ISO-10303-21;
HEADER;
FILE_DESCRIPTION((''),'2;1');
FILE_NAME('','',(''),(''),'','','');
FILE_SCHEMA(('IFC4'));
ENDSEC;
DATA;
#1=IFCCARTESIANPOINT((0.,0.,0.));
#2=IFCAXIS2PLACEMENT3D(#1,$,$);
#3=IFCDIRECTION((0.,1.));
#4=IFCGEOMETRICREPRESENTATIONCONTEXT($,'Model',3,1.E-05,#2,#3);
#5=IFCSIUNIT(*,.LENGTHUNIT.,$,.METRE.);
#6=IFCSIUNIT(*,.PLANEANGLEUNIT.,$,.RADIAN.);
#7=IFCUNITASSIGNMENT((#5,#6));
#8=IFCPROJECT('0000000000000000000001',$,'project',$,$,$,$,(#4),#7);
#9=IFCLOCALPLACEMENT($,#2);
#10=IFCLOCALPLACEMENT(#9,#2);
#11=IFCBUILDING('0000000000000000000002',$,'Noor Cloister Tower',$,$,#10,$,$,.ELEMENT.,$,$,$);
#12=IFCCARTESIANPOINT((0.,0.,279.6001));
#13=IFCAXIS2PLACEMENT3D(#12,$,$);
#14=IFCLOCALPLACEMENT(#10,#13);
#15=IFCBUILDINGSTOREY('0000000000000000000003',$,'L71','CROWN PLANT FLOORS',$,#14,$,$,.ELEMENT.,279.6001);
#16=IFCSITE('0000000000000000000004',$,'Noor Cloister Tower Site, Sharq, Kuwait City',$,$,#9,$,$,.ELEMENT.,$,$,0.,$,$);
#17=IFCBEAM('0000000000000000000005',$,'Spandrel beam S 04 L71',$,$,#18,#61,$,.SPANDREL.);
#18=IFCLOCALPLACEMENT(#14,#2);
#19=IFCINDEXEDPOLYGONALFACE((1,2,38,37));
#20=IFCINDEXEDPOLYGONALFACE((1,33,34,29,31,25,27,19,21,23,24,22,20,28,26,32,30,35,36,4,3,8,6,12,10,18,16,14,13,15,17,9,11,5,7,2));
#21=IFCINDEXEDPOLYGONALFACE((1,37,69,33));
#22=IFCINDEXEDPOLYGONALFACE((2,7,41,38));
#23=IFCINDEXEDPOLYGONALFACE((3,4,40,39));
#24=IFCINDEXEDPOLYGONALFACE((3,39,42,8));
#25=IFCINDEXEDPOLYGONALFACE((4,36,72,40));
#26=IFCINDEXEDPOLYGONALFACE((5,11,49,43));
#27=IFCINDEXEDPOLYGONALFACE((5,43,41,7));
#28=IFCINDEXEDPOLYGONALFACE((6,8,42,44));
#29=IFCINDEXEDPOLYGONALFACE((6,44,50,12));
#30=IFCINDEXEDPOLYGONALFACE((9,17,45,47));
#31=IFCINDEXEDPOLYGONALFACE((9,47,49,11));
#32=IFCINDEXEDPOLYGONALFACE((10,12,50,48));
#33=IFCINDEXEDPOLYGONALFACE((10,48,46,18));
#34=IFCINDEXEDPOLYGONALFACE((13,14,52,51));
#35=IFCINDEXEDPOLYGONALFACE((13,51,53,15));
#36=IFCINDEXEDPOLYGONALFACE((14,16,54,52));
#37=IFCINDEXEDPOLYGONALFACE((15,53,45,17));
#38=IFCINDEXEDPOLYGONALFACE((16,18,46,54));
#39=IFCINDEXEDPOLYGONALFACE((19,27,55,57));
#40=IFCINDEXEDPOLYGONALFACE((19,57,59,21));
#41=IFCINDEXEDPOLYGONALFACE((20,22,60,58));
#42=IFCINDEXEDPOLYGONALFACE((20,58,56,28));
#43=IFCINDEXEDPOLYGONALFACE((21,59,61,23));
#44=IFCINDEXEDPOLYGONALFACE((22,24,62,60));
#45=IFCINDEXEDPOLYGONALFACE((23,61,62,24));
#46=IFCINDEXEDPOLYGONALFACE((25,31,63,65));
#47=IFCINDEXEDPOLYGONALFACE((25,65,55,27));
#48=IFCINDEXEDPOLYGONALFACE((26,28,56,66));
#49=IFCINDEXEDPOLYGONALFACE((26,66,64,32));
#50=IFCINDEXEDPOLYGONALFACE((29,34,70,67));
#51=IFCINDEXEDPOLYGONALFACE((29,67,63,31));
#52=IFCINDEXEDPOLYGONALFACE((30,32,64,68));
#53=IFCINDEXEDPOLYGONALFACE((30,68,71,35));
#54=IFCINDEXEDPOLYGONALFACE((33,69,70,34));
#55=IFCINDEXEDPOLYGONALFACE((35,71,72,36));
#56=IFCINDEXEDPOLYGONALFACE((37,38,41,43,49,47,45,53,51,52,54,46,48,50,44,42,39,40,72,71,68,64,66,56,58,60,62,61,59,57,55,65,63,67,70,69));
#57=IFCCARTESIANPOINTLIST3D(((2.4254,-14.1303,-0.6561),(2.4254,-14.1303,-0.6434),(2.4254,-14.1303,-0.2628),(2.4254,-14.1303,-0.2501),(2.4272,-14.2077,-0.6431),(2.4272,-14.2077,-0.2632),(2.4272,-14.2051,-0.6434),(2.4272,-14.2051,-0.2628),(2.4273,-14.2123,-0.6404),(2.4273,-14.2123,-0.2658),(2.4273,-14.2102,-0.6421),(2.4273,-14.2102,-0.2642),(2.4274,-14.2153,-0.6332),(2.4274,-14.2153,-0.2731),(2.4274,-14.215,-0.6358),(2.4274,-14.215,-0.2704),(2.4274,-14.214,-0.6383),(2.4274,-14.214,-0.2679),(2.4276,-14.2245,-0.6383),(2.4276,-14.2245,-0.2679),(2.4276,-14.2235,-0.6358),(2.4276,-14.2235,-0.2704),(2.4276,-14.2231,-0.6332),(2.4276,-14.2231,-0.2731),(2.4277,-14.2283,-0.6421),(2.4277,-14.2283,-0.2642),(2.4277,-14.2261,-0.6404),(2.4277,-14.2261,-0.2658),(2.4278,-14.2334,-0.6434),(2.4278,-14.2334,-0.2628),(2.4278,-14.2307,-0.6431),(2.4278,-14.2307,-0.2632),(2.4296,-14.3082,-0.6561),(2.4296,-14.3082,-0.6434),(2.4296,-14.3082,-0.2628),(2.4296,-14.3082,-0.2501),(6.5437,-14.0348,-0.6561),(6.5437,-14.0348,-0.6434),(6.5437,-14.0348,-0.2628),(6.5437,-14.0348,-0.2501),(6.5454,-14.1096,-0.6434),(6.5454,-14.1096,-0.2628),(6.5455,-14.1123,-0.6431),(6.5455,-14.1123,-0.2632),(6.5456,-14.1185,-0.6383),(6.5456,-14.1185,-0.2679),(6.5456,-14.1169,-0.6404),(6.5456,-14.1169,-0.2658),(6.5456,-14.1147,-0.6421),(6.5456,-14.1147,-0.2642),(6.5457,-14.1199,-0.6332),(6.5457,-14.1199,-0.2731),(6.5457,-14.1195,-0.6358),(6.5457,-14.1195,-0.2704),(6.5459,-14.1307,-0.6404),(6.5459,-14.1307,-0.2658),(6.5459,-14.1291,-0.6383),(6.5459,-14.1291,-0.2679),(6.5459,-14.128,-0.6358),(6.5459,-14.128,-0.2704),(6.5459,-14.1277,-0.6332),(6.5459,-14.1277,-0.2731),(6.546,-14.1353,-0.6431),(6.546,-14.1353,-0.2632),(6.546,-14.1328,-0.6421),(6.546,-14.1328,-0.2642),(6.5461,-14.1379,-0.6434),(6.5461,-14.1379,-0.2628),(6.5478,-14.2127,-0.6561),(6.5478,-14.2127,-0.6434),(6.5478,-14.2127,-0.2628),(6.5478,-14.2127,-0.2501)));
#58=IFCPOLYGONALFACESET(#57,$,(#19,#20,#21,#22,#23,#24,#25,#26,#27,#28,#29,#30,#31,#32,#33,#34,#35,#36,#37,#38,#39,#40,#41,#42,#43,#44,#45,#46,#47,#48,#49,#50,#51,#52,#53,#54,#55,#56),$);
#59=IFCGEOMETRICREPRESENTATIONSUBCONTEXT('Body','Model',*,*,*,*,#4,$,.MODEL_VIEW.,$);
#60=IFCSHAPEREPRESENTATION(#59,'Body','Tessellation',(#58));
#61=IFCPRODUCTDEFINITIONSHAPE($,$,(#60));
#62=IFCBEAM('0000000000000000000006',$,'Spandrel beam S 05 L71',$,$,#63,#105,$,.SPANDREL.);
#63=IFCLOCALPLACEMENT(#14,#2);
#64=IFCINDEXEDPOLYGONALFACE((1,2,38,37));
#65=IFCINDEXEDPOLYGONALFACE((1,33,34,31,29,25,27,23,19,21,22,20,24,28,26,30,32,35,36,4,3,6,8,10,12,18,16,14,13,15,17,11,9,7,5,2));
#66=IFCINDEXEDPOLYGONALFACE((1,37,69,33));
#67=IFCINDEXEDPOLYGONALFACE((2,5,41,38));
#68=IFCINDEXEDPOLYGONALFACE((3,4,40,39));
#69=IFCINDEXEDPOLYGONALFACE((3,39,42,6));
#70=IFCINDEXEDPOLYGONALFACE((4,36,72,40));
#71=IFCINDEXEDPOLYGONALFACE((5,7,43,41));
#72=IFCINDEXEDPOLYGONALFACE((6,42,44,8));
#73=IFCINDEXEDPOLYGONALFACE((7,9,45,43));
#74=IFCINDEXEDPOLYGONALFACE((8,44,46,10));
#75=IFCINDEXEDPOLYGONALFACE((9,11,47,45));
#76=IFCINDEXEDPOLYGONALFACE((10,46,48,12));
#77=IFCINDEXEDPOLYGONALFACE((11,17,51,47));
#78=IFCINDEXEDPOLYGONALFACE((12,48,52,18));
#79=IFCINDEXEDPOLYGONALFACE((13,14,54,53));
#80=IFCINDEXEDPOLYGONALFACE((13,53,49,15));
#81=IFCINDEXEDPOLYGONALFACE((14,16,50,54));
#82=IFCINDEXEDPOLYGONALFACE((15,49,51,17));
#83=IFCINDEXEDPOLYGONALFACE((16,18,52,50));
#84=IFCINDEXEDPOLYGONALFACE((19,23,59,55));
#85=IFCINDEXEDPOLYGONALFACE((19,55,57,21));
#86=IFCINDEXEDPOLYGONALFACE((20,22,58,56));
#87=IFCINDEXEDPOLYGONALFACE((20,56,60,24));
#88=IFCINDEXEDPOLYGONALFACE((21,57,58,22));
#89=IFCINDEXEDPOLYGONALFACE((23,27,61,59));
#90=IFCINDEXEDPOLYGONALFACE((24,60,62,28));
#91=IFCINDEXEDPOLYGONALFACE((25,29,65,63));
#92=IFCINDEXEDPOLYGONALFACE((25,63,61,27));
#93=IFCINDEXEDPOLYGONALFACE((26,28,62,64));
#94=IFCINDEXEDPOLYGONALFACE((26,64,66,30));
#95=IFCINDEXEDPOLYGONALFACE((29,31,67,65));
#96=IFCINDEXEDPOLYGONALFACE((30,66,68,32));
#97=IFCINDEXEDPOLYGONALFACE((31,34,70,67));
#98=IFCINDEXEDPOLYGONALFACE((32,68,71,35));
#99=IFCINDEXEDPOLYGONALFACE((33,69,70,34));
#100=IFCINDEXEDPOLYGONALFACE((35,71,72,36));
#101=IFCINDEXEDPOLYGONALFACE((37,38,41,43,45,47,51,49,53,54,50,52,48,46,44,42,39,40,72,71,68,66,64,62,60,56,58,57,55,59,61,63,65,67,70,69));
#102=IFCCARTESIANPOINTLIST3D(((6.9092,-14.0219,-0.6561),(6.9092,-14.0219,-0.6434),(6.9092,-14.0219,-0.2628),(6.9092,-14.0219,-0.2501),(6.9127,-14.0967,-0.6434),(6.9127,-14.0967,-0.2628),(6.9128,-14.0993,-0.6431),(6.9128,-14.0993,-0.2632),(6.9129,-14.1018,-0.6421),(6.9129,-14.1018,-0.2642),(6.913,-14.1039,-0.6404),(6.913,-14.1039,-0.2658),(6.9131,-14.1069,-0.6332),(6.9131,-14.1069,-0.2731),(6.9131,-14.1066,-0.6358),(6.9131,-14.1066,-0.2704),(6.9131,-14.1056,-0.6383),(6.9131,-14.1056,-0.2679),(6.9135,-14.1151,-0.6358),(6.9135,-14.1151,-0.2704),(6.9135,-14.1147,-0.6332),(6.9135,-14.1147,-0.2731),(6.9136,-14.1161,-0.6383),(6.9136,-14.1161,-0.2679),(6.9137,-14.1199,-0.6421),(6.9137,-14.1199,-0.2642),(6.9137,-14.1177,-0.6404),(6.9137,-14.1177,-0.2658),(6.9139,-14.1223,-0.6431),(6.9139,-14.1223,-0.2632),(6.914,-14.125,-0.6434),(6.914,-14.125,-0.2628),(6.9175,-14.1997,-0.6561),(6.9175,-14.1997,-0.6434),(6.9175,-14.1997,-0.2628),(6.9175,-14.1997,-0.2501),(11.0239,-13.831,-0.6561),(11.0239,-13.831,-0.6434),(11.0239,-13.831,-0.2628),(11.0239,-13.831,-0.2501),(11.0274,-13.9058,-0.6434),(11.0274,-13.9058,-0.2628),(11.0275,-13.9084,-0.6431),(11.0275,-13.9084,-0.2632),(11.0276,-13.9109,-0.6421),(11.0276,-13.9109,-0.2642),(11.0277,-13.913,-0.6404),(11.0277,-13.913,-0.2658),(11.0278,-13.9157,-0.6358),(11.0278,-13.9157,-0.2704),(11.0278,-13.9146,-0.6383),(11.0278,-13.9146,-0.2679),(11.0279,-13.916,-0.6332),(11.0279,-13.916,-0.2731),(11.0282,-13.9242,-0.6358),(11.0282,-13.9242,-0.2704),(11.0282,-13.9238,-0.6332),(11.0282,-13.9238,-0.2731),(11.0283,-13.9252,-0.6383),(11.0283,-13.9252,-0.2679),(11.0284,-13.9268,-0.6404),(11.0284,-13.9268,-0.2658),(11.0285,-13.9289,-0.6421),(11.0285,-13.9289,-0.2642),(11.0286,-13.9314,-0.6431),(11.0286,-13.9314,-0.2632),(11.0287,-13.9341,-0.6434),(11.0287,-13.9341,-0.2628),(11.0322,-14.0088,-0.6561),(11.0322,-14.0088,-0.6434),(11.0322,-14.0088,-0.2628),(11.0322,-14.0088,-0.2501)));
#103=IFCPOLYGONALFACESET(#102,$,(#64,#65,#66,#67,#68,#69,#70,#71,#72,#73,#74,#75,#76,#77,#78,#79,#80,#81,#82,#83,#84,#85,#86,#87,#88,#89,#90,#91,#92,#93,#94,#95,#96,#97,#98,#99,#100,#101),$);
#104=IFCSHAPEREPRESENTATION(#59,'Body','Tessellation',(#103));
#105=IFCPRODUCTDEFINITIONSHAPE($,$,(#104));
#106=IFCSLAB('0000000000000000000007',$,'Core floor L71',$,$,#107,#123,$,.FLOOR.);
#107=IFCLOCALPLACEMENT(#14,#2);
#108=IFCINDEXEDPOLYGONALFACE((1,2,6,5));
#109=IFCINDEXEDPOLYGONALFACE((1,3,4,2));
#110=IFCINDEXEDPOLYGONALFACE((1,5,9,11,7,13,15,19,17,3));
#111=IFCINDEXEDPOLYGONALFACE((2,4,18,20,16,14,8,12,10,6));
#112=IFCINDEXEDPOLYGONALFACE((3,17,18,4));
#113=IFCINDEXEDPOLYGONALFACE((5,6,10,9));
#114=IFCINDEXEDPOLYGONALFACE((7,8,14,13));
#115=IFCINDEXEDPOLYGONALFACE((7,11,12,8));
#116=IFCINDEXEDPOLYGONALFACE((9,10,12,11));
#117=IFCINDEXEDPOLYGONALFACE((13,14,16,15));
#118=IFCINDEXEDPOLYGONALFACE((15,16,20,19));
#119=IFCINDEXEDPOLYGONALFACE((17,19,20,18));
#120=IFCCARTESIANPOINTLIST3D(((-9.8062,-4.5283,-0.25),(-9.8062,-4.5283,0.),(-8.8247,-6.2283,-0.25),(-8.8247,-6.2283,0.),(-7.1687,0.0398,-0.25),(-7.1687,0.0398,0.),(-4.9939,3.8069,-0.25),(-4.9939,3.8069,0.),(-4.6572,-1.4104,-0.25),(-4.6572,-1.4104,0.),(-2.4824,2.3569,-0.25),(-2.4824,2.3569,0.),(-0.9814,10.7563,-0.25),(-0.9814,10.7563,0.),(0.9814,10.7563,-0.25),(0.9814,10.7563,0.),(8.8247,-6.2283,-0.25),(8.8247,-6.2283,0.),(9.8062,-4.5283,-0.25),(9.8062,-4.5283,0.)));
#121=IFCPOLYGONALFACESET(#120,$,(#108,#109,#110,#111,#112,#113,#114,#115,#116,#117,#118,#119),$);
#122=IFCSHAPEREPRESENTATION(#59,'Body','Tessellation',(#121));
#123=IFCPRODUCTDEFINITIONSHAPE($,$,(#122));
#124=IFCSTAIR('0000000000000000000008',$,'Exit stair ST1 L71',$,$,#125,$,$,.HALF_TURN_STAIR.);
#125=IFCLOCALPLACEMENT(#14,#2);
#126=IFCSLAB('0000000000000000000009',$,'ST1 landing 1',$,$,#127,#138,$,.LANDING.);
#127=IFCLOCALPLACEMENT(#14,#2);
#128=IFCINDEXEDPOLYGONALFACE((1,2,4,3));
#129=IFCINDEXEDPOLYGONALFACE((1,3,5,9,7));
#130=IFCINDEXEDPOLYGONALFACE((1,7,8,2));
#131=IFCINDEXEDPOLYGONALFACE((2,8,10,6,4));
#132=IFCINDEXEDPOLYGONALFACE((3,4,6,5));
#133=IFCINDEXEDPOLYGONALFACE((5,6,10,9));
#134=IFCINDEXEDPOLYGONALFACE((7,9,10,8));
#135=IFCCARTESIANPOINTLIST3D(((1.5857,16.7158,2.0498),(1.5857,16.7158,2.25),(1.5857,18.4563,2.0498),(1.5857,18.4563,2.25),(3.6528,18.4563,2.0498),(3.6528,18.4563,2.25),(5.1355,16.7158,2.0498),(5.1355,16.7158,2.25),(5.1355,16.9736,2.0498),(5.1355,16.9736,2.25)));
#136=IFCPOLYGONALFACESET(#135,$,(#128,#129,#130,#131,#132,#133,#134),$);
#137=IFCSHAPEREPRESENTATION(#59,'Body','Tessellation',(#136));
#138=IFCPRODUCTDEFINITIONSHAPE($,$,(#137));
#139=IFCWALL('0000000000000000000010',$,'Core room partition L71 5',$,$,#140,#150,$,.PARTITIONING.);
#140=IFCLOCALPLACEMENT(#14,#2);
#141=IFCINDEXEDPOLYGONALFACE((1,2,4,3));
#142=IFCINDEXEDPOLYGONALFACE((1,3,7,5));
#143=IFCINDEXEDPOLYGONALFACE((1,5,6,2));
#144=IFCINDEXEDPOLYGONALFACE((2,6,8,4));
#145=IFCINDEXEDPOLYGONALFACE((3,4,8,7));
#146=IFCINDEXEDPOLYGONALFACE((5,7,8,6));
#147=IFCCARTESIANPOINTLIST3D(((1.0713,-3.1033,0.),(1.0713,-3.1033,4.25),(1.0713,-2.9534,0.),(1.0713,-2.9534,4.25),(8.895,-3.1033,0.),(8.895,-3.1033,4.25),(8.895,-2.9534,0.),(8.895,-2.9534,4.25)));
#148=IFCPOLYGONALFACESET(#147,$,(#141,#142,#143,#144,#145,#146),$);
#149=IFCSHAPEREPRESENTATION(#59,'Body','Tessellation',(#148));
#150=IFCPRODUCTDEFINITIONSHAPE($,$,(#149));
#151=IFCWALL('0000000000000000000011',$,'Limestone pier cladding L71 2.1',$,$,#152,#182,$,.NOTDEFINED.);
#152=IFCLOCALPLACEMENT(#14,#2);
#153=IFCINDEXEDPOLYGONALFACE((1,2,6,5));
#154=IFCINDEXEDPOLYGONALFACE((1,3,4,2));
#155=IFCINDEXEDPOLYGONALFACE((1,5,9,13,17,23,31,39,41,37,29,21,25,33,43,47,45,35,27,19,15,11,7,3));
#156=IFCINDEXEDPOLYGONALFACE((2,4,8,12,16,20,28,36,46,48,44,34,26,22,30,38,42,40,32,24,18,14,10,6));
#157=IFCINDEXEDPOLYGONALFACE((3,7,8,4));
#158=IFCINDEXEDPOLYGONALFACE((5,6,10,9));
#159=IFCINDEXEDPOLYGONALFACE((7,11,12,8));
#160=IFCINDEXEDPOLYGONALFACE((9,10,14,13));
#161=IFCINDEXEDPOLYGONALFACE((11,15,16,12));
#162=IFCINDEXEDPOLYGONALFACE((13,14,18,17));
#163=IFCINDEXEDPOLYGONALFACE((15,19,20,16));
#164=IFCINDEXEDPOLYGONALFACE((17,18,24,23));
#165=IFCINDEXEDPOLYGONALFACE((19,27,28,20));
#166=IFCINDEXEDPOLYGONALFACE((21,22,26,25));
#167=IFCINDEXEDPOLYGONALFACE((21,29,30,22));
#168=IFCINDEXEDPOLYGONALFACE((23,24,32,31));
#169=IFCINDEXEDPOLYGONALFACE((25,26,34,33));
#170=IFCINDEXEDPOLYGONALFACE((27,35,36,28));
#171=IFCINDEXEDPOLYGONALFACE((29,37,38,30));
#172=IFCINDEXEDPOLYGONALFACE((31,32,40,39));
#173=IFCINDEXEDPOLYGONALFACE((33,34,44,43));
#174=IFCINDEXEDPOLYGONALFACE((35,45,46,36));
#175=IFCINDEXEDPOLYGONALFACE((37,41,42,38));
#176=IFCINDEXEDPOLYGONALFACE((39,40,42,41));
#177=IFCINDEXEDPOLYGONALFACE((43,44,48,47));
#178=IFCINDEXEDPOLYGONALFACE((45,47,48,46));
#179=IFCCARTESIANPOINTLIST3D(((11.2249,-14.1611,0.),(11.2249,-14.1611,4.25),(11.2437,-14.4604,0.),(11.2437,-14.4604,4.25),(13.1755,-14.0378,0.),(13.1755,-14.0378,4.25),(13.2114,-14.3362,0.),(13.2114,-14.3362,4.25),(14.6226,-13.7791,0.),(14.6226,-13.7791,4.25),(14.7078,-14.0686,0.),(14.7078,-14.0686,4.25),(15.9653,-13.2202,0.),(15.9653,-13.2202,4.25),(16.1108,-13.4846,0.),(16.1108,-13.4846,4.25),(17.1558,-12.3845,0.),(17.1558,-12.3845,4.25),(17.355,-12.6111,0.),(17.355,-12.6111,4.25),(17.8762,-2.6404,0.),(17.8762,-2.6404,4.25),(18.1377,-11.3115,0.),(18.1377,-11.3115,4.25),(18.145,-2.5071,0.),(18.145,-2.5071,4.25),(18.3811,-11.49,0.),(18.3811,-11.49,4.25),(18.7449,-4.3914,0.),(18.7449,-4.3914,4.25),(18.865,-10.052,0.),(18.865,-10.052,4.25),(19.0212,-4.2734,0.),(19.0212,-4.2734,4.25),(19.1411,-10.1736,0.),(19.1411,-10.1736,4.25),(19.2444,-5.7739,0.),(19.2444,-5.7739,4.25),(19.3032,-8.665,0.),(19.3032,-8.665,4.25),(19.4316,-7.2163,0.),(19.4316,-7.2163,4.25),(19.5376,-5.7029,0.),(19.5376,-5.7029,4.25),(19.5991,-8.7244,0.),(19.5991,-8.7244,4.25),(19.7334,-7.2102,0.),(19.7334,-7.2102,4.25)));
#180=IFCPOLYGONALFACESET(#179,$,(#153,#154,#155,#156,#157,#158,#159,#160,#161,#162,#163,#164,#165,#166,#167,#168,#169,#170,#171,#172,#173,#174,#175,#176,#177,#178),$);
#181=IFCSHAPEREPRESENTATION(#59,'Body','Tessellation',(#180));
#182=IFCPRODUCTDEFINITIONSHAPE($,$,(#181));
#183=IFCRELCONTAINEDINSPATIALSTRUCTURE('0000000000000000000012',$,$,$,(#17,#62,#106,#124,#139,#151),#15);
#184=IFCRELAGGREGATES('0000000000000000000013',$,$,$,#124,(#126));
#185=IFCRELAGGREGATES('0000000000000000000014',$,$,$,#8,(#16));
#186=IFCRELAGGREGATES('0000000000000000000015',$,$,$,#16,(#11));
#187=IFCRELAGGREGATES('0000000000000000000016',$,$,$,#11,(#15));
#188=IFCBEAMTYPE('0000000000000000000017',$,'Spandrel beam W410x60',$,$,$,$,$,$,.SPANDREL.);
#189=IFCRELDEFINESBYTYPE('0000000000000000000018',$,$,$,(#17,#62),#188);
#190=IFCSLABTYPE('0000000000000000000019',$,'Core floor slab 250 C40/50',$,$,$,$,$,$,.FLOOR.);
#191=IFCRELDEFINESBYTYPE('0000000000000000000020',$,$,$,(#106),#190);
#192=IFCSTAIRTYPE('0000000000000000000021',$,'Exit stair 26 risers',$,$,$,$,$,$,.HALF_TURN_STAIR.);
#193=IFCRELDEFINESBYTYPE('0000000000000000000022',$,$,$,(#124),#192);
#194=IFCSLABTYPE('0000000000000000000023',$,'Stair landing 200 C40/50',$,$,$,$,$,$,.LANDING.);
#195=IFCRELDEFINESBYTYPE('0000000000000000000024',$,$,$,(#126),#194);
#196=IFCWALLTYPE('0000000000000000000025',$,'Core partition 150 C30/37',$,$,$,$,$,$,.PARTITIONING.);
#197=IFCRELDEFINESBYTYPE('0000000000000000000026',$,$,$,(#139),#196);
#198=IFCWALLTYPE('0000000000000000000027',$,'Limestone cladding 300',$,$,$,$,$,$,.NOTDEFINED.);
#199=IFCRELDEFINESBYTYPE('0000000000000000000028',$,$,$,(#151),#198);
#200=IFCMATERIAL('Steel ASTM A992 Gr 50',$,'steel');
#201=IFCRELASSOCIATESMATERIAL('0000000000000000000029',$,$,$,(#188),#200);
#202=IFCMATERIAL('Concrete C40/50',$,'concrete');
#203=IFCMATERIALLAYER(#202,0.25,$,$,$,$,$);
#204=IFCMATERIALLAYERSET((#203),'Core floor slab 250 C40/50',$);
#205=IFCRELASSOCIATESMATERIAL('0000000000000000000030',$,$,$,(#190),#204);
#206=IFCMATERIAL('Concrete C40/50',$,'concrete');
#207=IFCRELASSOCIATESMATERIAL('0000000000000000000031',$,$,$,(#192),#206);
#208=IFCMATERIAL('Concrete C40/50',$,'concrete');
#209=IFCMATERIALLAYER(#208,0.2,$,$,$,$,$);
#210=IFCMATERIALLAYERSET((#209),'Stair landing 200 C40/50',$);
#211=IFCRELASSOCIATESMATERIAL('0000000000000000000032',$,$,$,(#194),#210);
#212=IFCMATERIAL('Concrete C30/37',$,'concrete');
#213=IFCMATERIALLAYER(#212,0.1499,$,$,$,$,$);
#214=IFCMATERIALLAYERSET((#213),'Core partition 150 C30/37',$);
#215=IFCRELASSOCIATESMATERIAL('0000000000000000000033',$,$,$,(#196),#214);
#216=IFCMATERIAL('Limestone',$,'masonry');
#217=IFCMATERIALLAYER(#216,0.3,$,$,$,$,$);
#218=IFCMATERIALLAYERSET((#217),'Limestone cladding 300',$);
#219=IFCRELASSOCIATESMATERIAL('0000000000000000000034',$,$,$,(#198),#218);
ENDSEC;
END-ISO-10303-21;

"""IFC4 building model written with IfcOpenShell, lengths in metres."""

from ifc_helpers import new_model, si_unit, direction, frame, frame_2d, origin, origin_2d, place, context, subcontext, project, spatial, polyline, rectangle, i_section, outline, extrude, material, layer, layer_set, material_profile, profile_set, type_object, element, aggregate, save


model = new_model("IFC4")

# Units and contexts
model_context = context("Model", 3, precision=1e-05, world=origin(), true_north=direction((0.0, 1.0)))
body_context = subcontext(model_context, "Body", "Model", "MODEL_VIEW")
ifc_project = project(units=[si_unit("LENGTHUNIT", "METRE"), si_unit("PLANEANGLEUNIT", "RADIAN")], contexts=[model_context])

# Site, building, storey
site_placement = place(None, origin())
site = spatial("IfcSite", under=ifc_project, at=site_placement, Name="Noor Cloister Tower Site, Sharq, Kuwait City", CompositionType="ELEMENT", RefElevation=0.0)
building_placement = place(site_placement, origin())
building = spatial("IfcBuilding", under=site, at=building_placement, Name="Noor Cloister Tower", CompositionType="ELEMENT")
storey_placement = place(building_placement, frame((0.0, 0.0, 279.6001)))
storey = spatial("IfcBuildingStorey", under=building, at=storey_placement, Name="L71", Description="CROWN PLANT FLOORS", CompositionType="ELEMENT", Elevation=279.6001)

# Beams
ifc_material_1 = material(Name="Steel ASTM A992 Gr 50", Category="steel")
ifc_material_profile_1 = material_profile(ifc_material_1, i_section(OverallWidth=0.178, OverallDepth=0.406, WebThickness=0.0078, FlangeThickness=0.0127, FilletRadius=0.0103, at=origin_2d()), Name="W410x60")
ifc_profile_set_1 = profile_set([ifc_material_profile_1], Name="Steel ASTM A992 Gr 50")
beam_type_1 = type_object("IfcBeamType", Name="Spandrel beam W410x60", PredefinedType="SPANDREL", material=ifc_profile_set_1)
beam_1_placement = place(storey_placement, frame((2.4275, -14.2192, -0.4531), z_axis=(0.999731, 0.023174, 0.0), x_axis=(-0.023174, 0.999731, 0.0)))
element("IfcBeam", 1, at=beam_1_placement, inside=storey, type_object=beam_type_1, Name="Spandrel beam S 04 L71", PredefinedType="SPANDREL", context=body_context, shape_type="SweptSolid", body=[
    extrude(i_section(OverallWidth=0.178, OverallDepth=0.406, WebThickness=0.0078, FlangeThickness=0.0127, FilletRadius=0.0103, at=origin_2d()), origin(), (0.0, 0.0, 1.0), 4.1194),
])
beam_2_placement = place(storey_placement, frame((6.9133, -14.1108, -0.4531), z_axis=(0.998925, 0.046349, 0.0), x_axis=(-0.046349, 0.998925, 0.0)))
element("IfcBeam", 2, at=beam_2_placement, inside=storey, type_object=beam_type_1, Name="Spandrel beam S 05 L71", PredefinedType="SPANDREL", context=body_context, shape_type="SweptSolid", body=[
    extrude(i_section(OverallWidth=0.178, OverallDepth=0.406, WebThickness=0.0078, FlangeThickness=0.0127, FilletRadius=0.0103, at=origin_2d()), origin(), (0.0, 0.0, 1.0), 4.1191),
])

# Slab
ifc_material_2 = material(Name="Concrete C40/50", Category="concrete")
ifc_layer_1 = layer(ifc_material_2, 0.25)
ifc_layer_set_1 = layer_set([ifc_layer_1], Name="Core floor slab 250 C40/50")
slab_type_1 = type_object("IfcSlabType", Name="Core floor slab 250 C40/50", PredefinedType="FLOOR", material=ifc_layer_set_1)
slab_1_placement = place(storey_placement, frame((0.0, 0.0, -0.25)))
element("IfcSlab", 3, at=slab_1_placement, inside=storey, type_object=slab_type_1, Name="Core floor L71", PredefinedType="FLOOR", context=body_context, shape_type="SweptSolid", body=[
    extrude(outline(polyline([(-4.9939, 3.8069), (-2.4824, 2.3569), (-4.6572, -1.4104), (-7.1687, 0.0398), (-9.8062, -4.5283), (-8.8247, -6.2283), (8.8247, -6.2283), (9.8062, -4.5283), (0.9814, 10.7563), (-0.9814, 10.7563), (-4.9939, 3.8069)])), origin(), (0.0, 0.0, 1.0), 0.25),
])

# Stair, slab
ifc_material_3 = material(Name="Concrete C40/50", Category="concrete")
stair_type = type_object("IfcStairType", Name="Exit stair 26 risers", PredefinedType="HALF_TURN_STAIR", material=ifc_material_3)
stair_placement = place(storey_placement, origin())
stair = element("IfcStair", 4, at=stair_placement, inside=storey, type_object=stair_type, Name="Exit stair ST1 L71", PredefinedType="HALF_TURN_STAIR")
ifc_material_4 = material(Name="Concrete C40/50", Category="concrete")
ifc_layer_2 = layer(ifc_material_4, 0.2)
ifc_layer_set_2 = layer_set([ifc_layer_2], Name="Stair landing 200 C40/50")
slab_type_2 = type_object("IfcSlabType", Name="Stair landing 200 C40/50", PredefinedType="LANDING", material=ifc_layer_set_2)
slab_2_placement = place(storey_placement, frame((0.0, 0.0, 2.0498)))
slab_2 = element("IfcSlab", 5, at=slab_2_placement, type_object=slab_type_2, Name="ST1 landing 1", PredefinedType="LANDING", context=body_context, shape_type="SweptSolid", body=[
    extrude(outline(polyline([(5.1355, 16.7158), (5.1355, 16.9736), (3.6528, 18.4563), (1.5857, 18.4563), (1.5857, 16.7158), (5.1355, 16.7158)])), origin(), (0.0, 0.0, 1.0), 0.2002),
])
aggregate(stair, [slab_2])

# Walls
ifc_material_5 = material(Name="Concrete C30/37", Category="concrete")
ifc_layer_3 = layer(ifc_material_5, 0.1499)
ifc_layer_set_3 = layer_set([ifc_layer_3], Name="Core partition 150 C30/37")
wall_type_1 = type_object("IfcWallType", Name="Core partition 150 C30/37", PredefinedType="PARTITIONING", material=ifc_layer_set_3)
wall_1_placement = place(storey_placement, frame((1.0713, -3.0283, 0.0), z_axis=(0.0, 0.0, 1.0), x_axis=(1.0, 0.0, 0.0)))
element("IfcWall", 6, at=wall_1_placement, inside=storey, type_object=wall_type_1, Name="Core room partition L71 5", PredefinedType="PARTITIONING", context=body_context, shape_type="SweptSolid", body=[
    extrude(rectangle(XDim=7.8237, YDim=0.1499, at=frame_2d((3.9119, 0.0))), origin(), (0.0, 0.0, 1.0), 4.25),
])
ifc_material_6 = material(Name="Limestone", Category="masonry")
ifc_layer_4 = layer(ifc_material_6, 0.3)
ifc_layer_set_4 = layer_set([ifc_layer_4], Name="Limestone cladding 300")
wall_type_2 = type_object("IfcWallType", Name="Limestone cladding 300", PredefinedType="NOTDEFINED", material=ifc_layer_set_4)
wall_2_placement = place(storey_placement, origin())
element("IfcWall", 7, at=wall_2_placement, inside=storey, type_object=wall_type_2, Name="Limestone pier cladding L71 2.1", PredefinedType="NOTDEFINED", context=body_context, shape_type="SweptSolid", body=[
    extrude(outline(polyline([(11.2437, -14.4604), (13.2114, -14.3362), (14.7078, -14.0686), (16.1108, -13.4846), (17.355, -12.6111), (18.3811, -11.49), (19.1411, -10.1736), (19.5991, -8.7244), (19.7334, -7.2102), (19.5376, -5.7029), (19.0212, -4.2734), (18.145, -2.5071), (17.8762, -2.6404), (18.7449, -4.3914), (19.2444, -5.7739), (19.4316, -7.2163), (19.3032, -8.665), (18.865, -10.052), (18.1377, -11.3115), (17.1558, -12.3845), (15.9653, -13.2202), (14.6226, -13.7791), (13.1755, -14.0378), (11.2249, -14.1611), (11.2437, -14.4604)])), origin(), (0.0, 0.0, 1.0), 4.25),
])

save(model, "model.ifc")
